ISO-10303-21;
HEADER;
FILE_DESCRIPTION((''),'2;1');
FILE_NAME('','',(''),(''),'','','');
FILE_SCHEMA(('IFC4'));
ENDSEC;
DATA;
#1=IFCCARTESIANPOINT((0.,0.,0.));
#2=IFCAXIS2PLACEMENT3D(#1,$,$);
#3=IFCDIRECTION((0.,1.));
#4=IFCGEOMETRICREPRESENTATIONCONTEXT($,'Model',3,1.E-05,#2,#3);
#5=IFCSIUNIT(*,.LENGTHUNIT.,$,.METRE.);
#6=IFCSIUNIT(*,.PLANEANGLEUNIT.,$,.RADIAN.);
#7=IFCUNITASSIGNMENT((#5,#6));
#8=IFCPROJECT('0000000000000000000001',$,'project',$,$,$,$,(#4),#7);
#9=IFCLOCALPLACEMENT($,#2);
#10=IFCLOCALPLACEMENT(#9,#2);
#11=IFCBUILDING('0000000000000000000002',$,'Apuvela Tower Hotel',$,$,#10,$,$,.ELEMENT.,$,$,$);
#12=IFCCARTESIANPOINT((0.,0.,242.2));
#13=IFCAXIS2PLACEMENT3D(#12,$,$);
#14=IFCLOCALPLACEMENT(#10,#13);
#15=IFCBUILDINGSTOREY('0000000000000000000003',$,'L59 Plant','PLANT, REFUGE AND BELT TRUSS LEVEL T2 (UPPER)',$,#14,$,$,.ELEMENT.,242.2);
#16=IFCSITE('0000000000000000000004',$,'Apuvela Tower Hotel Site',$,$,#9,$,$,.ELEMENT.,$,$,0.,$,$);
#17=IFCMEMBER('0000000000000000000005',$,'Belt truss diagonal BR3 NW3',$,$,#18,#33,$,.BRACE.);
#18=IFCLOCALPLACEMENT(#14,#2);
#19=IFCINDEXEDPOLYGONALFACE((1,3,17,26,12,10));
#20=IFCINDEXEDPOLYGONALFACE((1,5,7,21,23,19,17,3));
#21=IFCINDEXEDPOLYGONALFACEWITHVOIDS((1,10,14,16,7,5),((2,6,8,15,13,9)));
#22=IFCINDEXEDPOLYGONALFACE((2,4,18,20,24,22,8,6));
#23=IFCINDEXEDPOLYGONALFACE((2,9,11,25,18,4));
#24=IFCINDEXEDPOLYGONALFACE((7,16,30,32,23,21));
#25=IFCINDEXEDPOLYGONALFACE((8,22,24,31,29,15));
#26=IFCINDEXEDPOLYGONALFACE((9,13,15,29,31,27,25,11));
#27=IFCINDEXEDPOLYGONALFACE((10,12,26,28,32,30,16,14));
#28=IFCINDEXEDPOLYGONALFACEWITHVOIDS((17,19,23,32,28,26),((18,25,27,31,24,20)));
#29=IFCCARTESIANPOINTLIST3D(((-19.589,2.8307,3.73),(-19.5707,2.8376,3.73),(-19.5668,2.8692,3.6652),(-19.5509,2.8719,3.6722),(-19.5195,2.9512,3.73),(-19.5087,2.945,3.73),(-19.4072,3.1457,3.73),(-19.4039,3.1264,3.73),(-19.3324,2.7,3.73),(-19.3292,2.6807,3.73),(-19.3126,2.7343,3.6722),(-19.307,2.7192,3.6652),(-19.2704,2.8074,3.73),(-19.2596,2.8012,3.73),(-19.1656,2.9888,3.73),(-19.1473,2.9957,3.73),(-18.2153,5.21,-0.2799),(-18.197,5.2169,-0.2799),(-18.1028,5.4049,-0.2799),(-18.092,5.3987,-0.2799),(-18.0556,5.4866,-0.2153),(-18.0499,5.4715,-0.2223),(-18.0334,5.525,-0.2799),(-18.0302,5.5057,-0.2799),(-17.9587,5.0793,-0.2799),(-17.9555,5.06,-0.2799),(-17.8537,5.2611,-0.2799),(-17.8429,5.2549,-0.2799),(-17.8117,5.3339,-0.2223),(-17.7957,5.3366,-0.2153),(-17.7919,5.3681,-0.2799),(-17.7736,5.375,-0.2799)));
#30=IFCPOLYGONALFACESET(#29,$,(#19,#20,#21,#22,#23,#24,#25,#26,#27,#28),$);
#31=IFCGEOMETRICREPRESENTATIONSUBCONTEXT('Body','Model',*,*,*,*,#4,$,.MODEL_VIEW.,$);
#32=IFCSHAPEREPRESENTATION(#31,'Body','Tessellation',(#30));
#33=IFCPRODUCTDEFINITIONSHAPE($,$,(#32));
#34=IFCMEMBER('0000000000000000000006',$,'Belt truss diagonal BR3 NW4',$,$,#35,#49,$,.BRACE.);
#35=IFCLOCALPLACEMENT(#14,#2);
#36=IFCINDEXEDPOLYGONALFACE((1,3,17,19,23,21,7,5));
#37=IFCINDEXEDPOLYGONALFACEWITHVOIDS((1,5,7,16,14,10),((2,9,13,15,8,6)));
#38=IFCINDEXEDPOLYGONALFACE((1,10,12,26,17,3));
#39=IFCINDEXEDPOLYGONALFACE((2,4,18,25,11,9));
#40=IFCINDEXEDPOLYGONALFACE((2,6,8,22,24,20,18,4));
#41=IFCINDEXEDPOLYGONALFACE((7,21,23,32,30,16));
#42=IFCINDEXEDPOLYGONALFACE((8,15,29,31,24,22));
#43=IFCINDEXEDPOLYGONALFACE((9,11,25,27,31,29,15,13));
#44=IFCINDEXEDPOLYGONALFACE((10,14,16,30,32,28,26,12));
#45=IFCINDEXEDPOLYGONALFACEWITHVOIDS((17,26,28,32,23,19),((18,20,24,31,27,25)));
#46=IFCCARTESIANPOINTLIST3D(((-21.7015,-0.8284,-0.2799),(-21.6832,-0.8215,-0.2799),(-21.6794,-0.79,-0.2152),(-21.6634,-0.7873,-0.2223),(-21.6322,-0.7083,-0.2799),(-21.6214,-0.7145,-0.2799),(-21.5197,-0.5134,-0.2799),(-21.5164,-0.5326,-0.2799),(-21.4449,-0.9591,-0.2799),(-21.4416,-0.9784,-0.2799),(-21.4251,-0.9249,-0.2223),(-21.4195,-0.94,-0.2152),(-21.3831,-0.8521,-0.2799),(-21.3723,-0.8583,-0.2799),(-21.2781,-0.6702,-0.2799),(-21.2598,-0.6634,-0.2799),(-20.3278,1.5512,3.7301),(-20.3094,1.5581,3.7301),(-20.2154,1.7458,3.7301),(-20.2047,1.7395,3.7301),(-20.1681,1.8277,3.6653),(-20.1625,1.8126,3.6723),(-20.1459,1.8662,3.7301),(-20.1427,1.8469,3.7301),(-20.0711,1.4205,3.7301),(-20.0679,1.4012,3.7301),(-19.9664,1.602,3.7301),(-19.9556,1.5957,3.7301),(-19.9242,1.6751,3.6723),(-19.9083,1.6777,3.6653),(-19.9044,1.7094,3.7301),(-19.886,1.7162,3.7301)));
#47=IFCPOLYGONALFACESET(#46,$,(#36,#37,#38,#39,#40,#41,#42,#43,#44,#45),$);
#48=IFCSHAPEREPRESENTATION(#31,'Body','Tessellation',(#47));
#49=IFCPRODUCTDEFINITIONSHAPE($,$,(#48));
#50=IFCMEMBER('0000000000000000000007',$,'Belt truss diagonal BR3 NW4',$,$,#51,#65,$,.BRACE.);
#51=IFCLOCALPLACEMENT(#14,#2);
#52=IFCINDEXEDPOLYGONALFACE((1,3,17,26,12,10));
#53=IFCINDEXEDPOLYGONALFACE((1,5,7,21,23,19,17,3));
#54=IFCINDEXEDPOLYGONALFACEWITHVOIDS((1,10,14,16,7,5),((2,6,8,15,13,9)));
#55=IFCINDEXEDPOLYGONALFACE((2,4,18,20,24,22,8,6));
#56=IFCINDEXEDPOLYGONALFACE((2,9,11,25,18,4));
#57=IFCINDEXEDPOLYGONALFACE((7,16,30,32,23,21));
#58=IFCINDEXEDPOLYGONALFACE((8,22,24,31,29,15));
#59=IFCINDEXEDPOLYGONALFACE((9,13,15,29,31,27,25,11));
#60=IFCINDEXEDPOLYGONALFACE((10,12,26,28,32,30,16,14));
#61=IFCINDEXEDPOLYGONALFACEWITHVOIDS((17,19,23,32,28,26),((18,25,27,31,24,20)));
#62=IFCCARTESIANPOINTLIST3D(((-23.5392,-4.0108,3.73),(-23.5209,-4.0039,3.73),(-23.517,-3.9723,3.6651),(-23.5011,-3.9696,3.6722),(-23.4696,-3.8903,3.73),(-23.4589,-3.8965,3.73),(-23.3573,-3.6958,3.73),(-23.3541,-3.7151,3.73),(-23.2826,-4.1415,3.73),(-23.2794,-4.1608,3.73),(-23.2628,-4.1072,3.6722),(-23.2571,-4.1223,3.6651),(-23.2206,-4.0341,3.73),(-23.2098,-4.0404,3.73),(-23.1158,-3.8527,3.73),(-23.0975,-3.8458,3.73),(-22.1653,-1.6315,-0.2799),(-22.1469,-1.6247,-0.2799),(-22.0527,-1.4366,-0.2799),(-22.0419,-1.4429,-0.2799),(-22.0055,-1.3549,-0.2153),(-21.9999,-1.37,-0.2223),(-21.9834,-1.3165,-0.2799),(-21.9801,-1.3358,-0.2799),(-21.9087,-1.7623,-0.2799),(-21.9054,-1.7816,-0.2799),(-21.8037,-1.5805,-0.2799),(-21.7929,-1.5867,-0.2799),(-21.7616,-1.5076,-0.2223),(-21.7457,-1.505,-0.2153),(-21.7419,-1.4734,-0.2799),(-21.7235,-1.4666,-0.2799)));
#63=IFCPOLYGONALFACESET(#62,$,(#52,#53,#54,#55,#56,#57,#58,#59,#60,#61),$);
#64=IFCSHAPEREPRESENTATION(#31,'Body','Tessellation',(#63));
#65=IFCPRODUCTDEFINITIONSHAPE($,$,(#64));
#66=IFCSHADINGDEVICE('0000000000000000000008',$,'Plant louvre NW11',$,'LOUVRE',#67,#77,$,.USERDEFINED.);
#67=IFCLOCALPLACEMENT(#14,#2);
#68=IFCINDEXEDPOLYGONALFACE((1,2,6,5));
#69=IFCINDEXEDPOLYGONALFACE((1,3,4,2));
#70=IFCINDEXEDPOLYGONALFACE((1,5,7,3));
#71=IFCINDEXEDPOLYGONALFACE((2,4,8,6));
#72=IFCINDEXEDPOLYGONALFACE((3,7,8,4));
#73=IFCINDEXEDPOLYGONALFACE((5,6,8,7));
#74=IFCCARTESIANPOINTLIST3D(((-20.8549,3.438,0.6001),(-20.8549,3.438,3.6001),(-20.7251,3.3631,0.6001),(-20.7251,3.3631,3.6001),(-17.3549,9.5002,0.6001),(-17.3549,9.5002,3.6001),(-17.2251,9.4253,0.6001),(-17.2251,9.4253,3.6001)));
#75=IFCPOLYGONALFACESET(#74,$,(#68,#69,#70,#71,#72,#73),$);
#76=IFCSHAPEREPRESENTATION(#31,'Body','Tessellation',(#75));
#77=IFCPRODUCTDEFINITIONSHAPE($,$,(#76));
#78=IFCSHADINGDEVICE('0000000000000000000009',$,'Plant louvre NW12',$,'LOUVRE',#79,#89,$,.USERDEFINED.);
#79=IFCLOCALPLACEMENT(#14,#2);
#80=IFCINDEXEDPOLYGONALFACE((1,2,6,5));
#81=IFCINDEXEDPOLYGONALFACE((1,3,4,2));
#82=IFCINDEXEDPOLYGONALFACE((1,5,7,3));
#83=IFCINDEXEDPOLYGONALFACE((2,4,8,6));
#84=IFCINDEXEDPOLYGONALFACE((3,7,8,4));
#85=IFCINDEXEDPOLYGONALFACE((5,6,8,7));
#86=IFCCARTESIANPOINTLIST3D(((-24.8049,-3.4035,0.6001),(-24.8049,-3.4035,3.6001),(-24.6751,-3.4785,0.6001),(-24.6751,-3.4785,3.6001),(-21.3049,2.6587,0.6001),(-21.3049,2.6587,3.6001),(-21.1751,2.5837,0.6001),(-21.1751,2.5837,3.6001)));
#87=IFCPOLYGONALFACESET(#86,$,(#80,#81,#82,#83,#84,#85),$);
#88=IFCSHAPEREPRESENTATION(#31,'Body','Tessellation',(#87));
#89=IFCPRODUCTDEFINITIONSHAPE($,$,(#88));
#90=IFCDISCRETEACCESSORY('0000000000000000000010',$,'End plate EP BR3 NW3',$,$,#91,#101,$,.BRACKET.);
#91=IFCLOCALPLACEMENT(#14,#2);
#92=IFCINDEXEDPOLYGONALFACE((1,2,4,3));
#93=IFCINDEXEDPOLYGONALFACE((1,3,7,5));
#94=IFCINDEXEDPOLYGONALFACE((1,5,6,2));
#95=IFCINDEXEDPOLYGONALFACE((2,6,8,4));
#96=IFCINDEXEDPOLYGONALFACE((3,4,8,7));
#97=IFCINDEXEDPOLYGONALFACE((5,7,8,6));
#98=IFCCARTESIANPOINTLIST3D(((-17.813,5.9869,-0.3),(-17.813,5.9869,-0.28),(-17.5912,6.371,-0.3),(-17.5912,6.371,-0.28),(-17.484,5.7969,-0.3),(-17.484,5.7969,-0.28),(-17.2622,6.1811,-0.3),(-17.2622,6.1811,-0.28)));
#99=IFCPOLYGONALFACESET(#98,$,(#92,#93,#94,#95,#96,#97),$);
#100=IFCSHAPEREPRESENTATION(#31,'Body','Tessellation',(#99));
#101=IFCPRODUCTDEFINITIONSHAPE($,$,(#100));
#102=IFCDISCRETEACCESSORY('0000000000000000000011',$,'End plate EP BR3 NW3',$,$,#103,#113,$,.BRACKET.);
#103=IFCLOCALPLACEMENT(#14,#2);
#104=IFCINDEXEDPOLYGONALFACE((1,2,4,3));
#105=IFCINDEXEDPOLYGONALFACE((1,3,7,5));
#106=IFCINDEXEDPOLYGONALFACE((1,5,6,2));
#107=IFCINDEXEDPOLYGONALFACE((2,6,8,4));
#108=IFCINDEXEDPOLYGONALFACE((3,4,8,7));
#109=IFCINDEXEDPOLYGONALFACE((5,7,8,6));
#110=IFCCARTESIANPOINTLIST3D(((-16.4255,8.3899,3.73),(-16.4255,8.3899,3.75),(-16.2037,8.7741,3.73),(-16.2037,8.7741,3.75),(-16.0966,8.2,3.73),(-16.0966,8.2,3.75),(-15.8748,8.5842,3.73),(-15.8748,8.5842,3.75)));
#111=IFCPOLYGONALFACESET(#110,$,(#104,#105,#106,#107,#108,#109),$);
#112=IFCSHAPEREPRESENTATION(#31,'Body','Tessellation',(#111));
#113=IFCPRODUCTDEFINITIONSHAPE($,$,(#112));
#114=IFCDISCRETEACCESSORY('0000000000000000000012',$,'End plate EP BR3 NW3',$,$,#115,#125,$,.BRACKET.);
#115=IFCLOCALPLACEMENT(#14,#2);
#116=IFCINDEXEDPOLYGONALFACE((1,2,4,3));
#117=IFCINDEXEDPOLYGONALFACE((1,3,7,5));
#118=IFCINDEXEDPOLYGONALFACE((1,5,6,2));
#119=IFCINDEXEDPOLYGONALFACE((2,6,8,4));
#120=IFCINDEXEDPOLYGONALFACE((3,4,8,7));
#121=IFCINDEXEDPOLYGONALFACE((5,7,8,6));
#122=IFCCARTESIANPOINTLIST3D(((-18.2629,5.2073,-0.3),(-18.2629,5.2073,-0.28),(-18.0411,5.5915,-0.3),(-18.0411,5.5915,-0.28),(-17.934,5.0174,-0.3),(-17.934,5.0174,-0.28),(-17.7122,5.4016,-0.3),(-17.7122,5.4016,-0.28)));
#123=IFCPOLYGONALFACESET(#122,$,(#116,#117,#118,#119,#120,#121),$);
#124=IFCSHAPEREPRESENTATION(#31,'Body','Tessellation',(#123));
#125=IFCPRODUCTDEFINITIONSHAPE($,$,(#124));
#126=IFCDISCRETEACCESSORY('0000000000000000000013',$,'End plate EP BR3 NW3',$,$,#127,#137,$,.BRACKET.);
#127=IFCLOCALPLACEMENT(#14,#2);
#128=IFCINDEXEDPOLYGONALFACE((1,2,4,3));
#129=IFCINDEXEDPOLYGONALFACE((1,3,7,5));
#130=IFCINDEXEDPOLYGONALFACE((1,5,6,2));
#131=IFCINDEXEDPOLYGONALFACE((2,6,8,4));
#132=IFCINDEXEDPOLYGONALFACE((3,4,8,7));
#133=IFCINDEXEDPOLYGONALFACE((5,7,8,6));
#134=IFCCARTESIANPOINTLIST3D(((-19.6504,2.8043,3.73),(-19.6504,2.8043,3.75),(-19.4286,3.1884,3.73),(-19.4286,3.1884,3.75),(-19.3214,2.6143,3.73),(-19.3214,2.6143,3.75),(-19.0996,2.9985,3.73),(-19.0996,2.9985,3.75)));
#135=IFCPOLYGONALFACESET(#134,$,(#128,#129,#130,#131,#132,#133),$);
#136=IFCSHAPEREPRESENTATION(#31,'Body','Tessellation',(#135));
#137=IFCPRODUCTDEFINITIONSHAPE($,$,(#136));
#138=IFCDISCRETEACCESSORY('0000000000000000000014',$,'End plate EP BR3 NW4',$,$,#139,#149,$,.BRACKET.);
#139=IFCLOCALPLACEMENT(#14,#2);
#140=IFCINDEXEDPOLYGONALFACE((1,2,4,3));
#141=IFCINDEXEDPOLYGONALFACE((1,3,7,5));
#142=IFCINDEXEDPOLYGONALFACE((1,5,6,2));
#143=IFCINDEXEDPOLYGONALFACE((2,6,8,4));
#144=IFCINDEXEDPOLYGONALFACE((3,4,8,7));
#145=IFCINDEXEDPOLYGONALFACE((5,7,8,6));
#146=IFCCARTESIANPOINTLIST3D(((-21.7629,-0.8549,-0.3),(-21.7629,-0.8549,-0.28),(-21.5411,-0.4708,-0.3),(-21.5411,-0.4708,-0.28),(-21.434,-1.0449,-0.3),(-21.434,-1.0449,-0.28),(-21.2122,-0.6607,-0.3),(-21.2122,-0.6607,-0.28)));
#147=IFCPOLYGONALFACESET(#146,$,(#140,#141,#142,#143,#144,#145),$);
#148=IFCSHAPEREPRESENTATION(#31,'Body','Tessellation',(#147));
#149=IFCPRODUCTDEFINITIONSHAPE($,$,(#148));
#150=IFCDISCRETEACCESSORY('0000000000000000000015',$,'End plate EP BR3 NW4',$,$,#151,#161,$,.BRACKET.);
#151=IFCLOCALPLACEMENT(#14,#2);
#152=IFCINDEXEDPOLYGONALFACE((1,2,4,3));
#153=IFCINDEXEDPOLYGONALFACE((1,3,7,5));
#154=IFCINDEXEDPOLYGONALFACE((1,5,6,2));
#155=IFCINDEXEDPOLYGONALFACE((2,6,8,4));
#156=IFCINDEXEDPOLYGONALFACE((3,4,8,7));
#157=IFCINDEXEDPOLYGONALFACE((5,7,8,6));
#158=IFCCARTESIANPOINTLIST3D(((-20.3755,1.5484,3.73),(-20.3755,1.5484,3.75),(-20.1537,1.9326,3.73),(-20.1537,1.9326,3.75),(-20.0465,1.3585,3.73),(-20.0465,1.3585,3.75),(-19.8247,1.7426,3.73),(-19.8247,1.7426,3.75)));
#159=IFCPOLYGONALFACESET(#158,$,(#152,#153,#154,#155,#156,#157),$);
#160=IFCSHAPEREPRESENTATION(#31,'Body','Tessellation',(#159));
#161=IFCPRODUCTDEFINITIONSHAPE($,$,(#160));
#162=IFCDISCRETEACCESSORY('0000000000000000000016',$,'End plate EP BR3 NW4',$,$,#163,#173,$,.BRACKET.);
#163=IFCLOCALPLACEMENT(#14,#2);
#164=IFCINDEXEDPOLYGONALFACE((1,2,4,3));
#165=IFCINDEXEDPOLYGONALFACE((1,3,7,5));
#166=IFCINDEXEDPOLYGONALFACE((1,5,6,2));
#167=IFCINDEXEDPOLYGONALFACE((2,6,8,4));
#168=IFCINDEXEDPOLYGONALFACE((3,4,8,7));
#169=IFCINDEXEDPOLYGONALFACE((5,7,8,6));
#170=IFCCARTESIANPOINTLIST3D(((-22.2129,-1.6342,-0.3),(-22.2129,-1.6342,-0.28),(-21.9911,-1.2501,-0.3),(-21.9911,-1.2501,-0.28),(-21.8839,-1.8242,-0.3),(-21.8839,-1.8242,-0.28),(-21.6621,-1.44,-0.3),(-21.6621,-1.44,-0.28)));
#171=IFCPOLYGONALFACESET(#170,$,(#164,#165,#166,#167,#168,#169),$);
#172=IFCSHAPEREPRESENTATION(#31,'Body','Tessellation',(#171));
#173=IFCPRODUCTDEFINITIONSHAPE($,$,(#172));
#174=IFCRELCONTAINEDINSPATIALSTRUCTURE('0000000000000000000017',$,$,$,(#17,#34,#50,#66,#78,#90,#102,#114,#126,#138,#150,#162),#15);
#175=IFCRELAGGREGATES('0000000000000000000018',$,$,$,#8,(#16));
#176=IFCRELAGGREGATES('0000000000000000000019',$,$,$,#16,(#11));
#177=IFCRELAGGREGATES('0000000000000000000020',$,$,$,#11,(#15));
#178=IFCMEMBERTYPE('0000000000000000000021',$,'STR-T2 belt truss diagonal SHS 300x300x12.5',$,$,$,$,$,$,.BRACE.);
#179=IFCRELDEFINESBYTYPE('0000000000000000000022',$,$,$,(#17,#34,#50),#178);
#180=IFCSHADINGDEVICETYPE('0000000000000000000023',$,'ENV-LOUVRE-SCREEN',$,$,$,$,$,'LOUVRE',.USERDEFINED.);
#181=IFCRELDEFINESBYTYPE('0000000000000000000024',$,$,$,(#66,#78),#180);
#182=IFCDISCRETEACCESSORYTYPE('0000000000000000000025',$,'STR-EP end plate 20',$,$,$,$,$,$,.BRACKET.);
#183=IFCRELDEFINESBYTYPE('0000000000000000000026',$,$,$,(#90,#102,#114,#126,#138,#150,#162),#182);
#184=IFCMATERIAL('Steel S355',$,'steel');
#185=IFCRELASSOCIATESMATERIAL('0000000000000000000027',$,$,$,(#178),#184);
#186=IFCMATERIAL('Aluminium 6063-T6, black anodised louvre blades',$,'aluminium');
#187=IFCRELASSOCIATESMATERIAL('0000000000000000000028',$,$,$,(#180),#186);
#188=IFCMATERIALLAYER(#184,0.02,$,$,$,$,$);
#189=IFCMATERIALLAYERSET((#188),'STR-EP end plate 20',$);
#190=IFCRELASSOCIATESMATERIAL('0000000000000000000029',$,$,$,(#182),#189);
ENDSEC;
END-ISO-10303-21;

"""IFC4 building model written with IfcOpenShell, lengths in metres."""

from ifc_helpers import new_model, si_unit, direction, frame, origin, origin_2d, place, context, subcontext, project, spatial, rectangle, hollow_rectangle, extrude, boolean, halfspace, material, layer, layer_set, material_profile, profile_set, type_object, element, save


model = new_model("IFC4")

# Units and contexts
model_context = context("Model", 3, precision=1e-05, world=origin(), true_north=direction((0.0, 1.0)))
body_context = subcontext(model_context, "Body", "Model", "MODEL_VIEW")
ifc_project = project(units=[si_unit("LENGTHUNIT", "METRE"), si_unit("PLANEANGLEUNIT", "RADIAN")], contexts=[model_context])

# Site, building, storey
site_placement = place(None, origin())
site = spatial("IfcSite", under=ifc_project, at=site_placement, Name="Apuvela Tower Hotel Site", CompositionType="ELEMENT", RefElevation=0.0)
building_placement = place(site_placement, origin())
building = spatial("IfcBuilding", under=site, at=building_placement, Name="Apuvela Tower Hotel", CompositionType="ELEMENT")
storey_placement = place(building_placement, frame((0.0, 0.0, 242.2)))
storey = spatial("IfcBuildingStorey", under=building, at=storey_placement, Name="L59 Plant", Description="PLANT, REFUGE AND BELT TRUSS LEVEL T2 (UPPER)", CompositionType="ELEMENT", Elevation=242.2)

# Shared definitions
ifc_material_1 = material(Name="Steel S355", Category="steel")

# Members
ifc_material_profile_1 = material_profile(ifc_material_1, hollow_rectangle(XDim=0.3, YDim=0.3, WallThickness=0.0125, at=origin_2d()), Name="SHS 300x300x12.5")
ifc_profile_set_1 = profile_set([ifc_material_profile_1], Name="Steel S355")
member_type = type_object("IfcMemberType", Name="STR-T2 belt truss diagonal SHS 300x300x12.5", PredefinedType="BRACE", material=ifc_profile_set_1)
member_1_placement = place(storey_placement, frame((-17.9875, 5.3044, -0.3), z_axis=(-0.282608, -0.48948, 0.82495), x_axis=(0.412483, 0.714423, 0.565206)))
solid_1 = boolean("DIFFERENCE", boolean("DIFFERENCE", extrude(hollow_rectangle(XDim=0.3, YDim=0.3, WallThickness=0.0125, at=origin_2d()), frame((0.0, 0.0, -0.2229)), (0.0, 0.0, 1.0), 5.355), halfspace(frame((0.0, 0.0, 0.0244), z_axis=(0.565206, 0.0, 0.82495), x_axis=(0.82495, 0.0, -0.565206)), True)), halfspace(frame((0.0, 0.0, 4.8853), z_axis=(0.565206, 0.0, 0.82495), x_axis=(0.82495, 0.0, -0.565206)), False))
element("IfcMember", 1, at=member_1_placement, inside=storey, type_object=member_type, Name="Belt truss diagonal BR3 NW3", PredefinedType="BRACE", context=body_context, shape_type="SweptSolid", body=[
    boolean("UNION", boolean("DIFFERENCE", boolean("DIFFERENCE", extrude(hollow_rectangle(XDim=0.3, YDim=0.3, WallThickness=0.0125, at=origin_2d()), origin(), (0.0, 0.0, 1.0), 4.9094), halfspace(frame((0.0, 0.0, 0.0244), z_axis=(0.565206, 0.0, 0.82495), x_axis=(0.82495, 0.0, -0.565206)), True)), halfspace(frame((0.0, 0.0, 4.8853), z_axis=(0.565206, 0.0, 0.82495), x_axis=(0.82495, 0.0, -0.565206)), False)), solid_1),
])
member_2_placement = place(storey_placement, frame((-21.4875, -0.7578, -0.3), z_axis=(0.282601, 0.489518, 0.82493), x_axis=(-0.412441, -0.714424, 0.565235)))
solid_2 = boolean("DIFFERENCE", boolean("DIFFERENCE", extrude(hollow_rectangle(XDim=0.3, YDim=0.3, WallThickness=0.0125, at=origin_2d()), frame((0.0, 0.0, -0.2229)), (0.0, 0.0, 1.0), 5.3552), halfspace(frame((0.0, 0.0, 0.0244), z_axis=(0.565235, 0.0, 0.82493), x_axis=(0.82493, 0.0, -0.565235)), True)), halfspace(frame((0.0, 0.0, 4.8855), z_axis=(0.565235, 0.0, 0.82493), x_axis=(0.82493, 0.0, -0.565235)), False))
element("IfcMember", 2, at=member_2_placement, inside=storey, type_object=member_type, Name="Belt truss diagonal BR3 NW4", PredefinedType="BRACE", context=body_context, shape_type="SweptSolid", body=[
    boolean("UNION", boolean("DIFFERENCE", boolean("DIFFERENCE", extrude(hollow_rectangle(XDim=0.3, YDim=0.3, WallThickness=0.0125, at=origin_2d()), origin(), (0.0, 0.0, 1.0), 4.9097), halfspace(frame((0.0, 0.0, 0.0244), z_axis=(0.565235, 0.0, 0.82493), x_axis=(0.82493, 0.0, -0.565235)), True)), halfspace(frame((0.0, 0.0, 4.8855), z_axis=(0.565235, 0.0, 0.82493), x_axis=(0.82493, 0.0, -0.565235)), False)), solid_2),
])
member_3_placement = place(storey_placement, frame((-21.9375, -1.5371, -0.3), z_axis=(-0.282654, -0.489473, 0.824938), x_axis=(0.412531, 0.714382, 0.565223)))
solid_3 = boolean("DIFFERENCE", boolean("DIFFERENCE", extrude(hollow_rectangle(XDim=0.3, YDim=0.3, WallThickness=0.0125, at=origin_2d()), frame((0.0, 0.0, -0.2229)), (0.0, 0.0, 1.0), 5.3552), halfspace(frame((0.0, 0.0, 0.0244), z_axis=(0.565223, 0.0, 0.824938), x_axis=(0.824938, 0.0, -0.565223)), True)), halfspace(frame((0.0, 0.0, 4.8853), z_axis=(0.565223, 0.0, 0.824938), x_axis=(0.824938, 0.0, -0.565223)), False))
element("IfcMember", 3, at=member_3_placement, inside=storey, type_object=member_type, Name="Belt truss diagonal BR3 NW4", PredefinedType="BRACE", context=body_context, shape_type="SweptSolid", body=[
    boolean("UNION", boolean("DIFFERENCE", boolean("DIFFERENCE", extrude(hollow_rectangle(XDim=0.3, YDim=0.3, WallThickness=0.0125, at=origin_2d()), origin(), (0.0, 0.0, 1.0), 4.9094), halfspace(frame((0.0, 0.0, 0.0244), z_axis=(0.565223, 0.0, 0.824938), x_axis=(0.824938, 0.0, -0.565223)), True)), halfspace(frame((0.0, 0.0, 4.8853), z_axis=(0.565223, 0.0, 0.824938), x_axis=(0.824938, 0.0, -0.565223)), False)), solid_3),
])

# Shading devices
ifc_material_2 = material(Name="Aluminium 6063-T6, black anodised louvre blades", Category="aluminium")
shading_device_type = type_object("IfcShadingDeviceType", Name="ENV-LOUVRE-SCREEN", ElementType="LOUVRE", PredefinedType="USERDEFINED", material=ifc_material_2)
for number, where, z_axis, x_axis, name in (
    (4, (-19.04, 6.4316, 0.6001), (0.0, 0.0, 1.0), (-0.5, -0.866025, 0.0), "Plant louvre NW11"),
    (5, (-22.99, -0.4099, 0.6001), (0.0, 0.0, 1.0), (-0.5, -0.866025, 0.0), "Plant louvre NW12"),
):
    element("IfcShadingDevice", number, at=place(storey_placement, frame(where, z_axis=z_axis, x_axis=x_axis)), inside=storey, type_object=shading_device_type, Name=name, ObjectType="LOUVRE", PredefinedType="USERDEFINED", context=body_context, shape_type="SweptSolid", body=[
        extrude(rectangle(XDim=7.0, YDim=0.1499, at=origin_2d()), origin(), (0.0, 0.0, 1.0), 3.0),
    ])

# Discrete accessories
ifc_layer = layer(ifc_material_1, 0.02)
ifc_layer_set = layer_set([ifc_layer], Name="STR-EP end plate 20")
discrete_accessory_type = type_object("IfcDiscreteAccessoryType", Name="STR-EP end plate 20", PredefinedType="BRACKET", material=ifc_layer_set)
for number, where, z_axis, x_axis, name in (
    (6, (-17.5376, 6.084, -0.3), (0.0, 0.0, 1.0), (0.5, 0.866025, 0.0), "End plate EP BR3 NW3"),
    (7, (-16.1501, 8.4871, 3.73), (0.0, 0.0, 1.0), (0.5, 0.866025, 0.0), "End plate EP BR3 NW3"),
    (8, (-17.9875, 5.3044, -0.3), (0.0, 0.0, 1.0), (-0.5, -0.866025, 0.0), "End plate EP BR3 NW3"),
    (9, (-19.375, 2.9014, 3.73), (0.0, 0.0, 1.0), (-0.5, -0.866025, 0.0), "End plate EP BR3 NW3"),
    (10, (-21.4875, -0.7578, -0.3), (0.0, 0.0, 1.0), (0.5, 0.866025, 0.0), "End plate EP BR3 NW4"),
    (11, (-20.1001, 1.6455, 3.73), (0.0, 0.0, 1.0), (0.5, 0.866025, 0.0), "End plate EP BR3 NW4"),
    (12, (-21.9375, -1.5371, -0.3), (0.0, 0.0, 1.0), (-0.5, -0.866025, 0.0), "End plate EP BR3 NW4"),
):
    element("IfcDiscreteAccessory", number, at=place(storey_placement, frame(where, z_axis=z_axis, x_axis=x_axis)), inside=storey, type_object=discrete_accessory_type, Name=name, PredefinedType="BRACKET", context=body_context, shape_type="SweptSolid", body=[
        extrude(rectangle(XDim=0.4436, YDim=0.3799, at=origin_2d()), origin(), (0.0, 0.0, 1.0), 0.02),
    ])

save(model, "model.ifc")
